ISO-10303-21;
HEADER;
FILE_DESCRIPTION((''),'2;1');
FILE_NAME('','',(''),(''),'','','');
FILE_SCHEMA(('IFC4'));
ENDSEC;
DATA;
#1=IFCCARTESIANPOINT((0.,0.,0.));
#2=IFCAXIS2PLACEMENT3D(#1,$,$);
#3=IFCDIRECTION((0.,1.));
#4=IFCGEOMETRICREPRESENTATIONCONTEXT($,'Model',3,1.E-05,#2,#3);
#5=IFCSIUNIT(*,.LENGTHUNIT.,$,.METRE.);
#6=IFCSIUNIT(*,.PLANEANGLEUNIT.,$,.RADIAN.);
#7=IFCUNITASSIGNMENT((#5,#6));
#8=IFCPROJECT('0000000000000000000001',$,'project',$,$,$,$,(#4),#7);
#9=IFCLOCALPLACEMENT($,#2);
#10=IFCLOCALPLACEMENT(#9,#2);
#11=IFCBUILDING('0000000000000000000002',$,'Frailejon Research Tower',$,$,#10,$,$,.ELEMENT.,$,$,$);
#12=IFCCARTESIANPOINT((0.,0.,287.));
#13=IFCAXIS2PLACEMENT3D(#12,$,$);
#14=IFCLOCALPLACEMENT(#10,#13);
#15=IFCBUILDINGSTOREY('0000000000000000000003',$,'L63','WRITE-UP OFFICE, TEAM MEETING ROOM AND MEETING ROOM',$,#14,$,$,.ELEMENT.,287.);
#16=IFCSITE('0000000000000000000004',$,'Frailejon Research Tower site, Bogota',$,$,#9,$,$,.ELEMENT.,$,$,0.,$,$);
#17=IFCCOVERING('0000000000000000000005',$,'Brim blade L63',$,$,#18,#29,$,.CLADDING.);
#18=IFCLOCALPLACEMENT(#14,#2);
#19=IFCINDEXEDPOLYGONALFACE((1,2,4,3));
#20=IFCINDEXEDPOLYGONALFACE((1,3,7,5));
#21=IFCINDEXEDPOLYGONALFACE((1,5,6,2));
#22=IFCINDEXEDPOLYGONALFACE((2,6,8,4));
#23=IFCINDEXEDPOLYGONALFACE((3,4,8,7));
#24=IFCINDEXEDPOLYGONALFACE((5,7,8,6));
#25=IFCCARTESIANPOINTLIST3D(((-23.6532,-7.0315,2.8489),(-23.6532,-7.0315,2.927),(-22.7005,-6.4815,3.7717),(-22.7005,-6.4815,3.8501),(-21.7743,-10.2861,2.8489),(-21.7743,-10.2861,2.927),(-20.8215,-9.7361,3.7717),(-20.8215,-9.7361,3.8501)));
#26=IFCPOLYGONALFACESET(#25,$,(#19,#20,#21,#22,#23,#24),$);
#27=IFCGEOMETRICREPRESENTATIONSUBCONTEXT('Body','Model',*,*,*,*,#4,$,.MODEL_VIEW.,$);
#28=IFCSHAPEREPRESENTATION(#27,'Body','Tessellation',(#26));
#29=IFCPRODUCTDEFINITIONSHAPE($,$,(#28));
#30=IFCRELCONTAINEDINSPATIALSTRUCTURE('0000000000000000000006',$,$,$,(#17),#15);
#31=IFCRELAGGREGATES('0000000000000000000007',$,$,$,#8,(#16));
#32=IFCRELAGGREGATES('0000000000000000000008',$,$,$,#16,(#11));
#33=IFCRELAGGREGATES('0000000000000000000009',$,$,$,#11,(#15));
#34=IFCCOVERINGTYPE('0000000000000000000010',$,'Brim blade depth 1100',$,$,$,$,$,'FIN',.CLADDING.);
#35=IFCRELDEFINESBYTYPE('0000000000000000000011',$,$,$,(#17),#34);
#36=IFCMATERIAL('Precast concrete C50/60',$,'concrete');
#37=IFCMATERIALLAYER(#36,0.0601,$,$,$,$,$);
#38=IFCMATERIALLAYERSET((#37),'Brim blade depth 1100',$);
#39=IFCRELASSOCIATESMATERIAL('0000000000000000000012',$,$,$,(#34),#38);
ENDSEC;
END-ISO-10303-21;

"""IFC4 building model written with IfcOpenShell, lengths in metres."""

from ifc_helpers import new_model, si_unit, direction, frame, origin, place, context, subcontext, project, spatial, polyline, outline, extrude, material, layer, layer_set, type_object, element, save


model = new_model("IFC4")

# Units and contexts
model_context = context("Model", 3, precision=1e-05, world=origin(), true_north=direction((0.0, 1.0)))
body_context = subcontext(model_context, "Body", "Model", "MODEL_VIEW")
ifc_project = project(units=[si_unit("LENGTHUNIT", "METRE"), si_unit("PLANEANGLEUNIT", "RADIAN")], contexts=[model_context])

# Site, building, storey
site_placement = place(None, origin())
site = spatial("IfcSite", under=ifc_project, at=site_placement, Name="Frailejon Research Tower site, Bogota", CompositionType="ELEMENT", RefElevation=0.0)
building_placement = place(site_placement, origin())
building = spatial("IfcBuilding", under=site, at=building_placement, Name="Frailejon Research Tower", CompositionType="ELEMENT")
storey_placement = place(building_placement, frame((0.0, 0.0, 287.0)))
storey = spatial("IfcBuildingStorey", under=building, at=storey_placement, Name="L63", Description="WRITE-UP OFFICE, TEAM MEETING ROOM AND MEETING ROOM", CompositionType="ELEMENT", Elevation=287.0)

# Covering
ifc_material_1 = material(Name="Precast concrete C50/60", Category="concrete")
ifc_layer_1 = layer(ifc_material_1, 0.0601)
ifc_layer_set_1 = layer_set([ifc_layer_1], Name="Brim blade depth 1100")
covering_type = type_object("IfcCoveringType", Name="Brim blade depth 1100", ElementType="FIN", PredefinedType="CLADDING", material=ifc_layer_set_1)
for number, where, z_axis, x_axis, name in (
    (1, (-20.8215, -9.7361, 3.8501), (-0.499992, 0.86603, 0.0), (-0.86603, -0.499992, 0.0), "Brim blade L63"),
):
    element("IfcCovering", number, at=place(storey_placement, frame(where, z_axis=z_axis, x_axis=x_axis)), inside=storey, type_object=covering_type, Name=name, PredefinedType="CLADDING", context=body_context, shape_type="SweptSolid", body=[
        extrude(outline(polyline([(0.0, -0.0784), (1.1001, -1.0012), (1.1001, -0.9231), (0.0, 0.0), (0.0, -0.0784)])), origin(), (0.0, 0.0, 1.0), 3.7581),
    ])

save(model, "model.ifc")
